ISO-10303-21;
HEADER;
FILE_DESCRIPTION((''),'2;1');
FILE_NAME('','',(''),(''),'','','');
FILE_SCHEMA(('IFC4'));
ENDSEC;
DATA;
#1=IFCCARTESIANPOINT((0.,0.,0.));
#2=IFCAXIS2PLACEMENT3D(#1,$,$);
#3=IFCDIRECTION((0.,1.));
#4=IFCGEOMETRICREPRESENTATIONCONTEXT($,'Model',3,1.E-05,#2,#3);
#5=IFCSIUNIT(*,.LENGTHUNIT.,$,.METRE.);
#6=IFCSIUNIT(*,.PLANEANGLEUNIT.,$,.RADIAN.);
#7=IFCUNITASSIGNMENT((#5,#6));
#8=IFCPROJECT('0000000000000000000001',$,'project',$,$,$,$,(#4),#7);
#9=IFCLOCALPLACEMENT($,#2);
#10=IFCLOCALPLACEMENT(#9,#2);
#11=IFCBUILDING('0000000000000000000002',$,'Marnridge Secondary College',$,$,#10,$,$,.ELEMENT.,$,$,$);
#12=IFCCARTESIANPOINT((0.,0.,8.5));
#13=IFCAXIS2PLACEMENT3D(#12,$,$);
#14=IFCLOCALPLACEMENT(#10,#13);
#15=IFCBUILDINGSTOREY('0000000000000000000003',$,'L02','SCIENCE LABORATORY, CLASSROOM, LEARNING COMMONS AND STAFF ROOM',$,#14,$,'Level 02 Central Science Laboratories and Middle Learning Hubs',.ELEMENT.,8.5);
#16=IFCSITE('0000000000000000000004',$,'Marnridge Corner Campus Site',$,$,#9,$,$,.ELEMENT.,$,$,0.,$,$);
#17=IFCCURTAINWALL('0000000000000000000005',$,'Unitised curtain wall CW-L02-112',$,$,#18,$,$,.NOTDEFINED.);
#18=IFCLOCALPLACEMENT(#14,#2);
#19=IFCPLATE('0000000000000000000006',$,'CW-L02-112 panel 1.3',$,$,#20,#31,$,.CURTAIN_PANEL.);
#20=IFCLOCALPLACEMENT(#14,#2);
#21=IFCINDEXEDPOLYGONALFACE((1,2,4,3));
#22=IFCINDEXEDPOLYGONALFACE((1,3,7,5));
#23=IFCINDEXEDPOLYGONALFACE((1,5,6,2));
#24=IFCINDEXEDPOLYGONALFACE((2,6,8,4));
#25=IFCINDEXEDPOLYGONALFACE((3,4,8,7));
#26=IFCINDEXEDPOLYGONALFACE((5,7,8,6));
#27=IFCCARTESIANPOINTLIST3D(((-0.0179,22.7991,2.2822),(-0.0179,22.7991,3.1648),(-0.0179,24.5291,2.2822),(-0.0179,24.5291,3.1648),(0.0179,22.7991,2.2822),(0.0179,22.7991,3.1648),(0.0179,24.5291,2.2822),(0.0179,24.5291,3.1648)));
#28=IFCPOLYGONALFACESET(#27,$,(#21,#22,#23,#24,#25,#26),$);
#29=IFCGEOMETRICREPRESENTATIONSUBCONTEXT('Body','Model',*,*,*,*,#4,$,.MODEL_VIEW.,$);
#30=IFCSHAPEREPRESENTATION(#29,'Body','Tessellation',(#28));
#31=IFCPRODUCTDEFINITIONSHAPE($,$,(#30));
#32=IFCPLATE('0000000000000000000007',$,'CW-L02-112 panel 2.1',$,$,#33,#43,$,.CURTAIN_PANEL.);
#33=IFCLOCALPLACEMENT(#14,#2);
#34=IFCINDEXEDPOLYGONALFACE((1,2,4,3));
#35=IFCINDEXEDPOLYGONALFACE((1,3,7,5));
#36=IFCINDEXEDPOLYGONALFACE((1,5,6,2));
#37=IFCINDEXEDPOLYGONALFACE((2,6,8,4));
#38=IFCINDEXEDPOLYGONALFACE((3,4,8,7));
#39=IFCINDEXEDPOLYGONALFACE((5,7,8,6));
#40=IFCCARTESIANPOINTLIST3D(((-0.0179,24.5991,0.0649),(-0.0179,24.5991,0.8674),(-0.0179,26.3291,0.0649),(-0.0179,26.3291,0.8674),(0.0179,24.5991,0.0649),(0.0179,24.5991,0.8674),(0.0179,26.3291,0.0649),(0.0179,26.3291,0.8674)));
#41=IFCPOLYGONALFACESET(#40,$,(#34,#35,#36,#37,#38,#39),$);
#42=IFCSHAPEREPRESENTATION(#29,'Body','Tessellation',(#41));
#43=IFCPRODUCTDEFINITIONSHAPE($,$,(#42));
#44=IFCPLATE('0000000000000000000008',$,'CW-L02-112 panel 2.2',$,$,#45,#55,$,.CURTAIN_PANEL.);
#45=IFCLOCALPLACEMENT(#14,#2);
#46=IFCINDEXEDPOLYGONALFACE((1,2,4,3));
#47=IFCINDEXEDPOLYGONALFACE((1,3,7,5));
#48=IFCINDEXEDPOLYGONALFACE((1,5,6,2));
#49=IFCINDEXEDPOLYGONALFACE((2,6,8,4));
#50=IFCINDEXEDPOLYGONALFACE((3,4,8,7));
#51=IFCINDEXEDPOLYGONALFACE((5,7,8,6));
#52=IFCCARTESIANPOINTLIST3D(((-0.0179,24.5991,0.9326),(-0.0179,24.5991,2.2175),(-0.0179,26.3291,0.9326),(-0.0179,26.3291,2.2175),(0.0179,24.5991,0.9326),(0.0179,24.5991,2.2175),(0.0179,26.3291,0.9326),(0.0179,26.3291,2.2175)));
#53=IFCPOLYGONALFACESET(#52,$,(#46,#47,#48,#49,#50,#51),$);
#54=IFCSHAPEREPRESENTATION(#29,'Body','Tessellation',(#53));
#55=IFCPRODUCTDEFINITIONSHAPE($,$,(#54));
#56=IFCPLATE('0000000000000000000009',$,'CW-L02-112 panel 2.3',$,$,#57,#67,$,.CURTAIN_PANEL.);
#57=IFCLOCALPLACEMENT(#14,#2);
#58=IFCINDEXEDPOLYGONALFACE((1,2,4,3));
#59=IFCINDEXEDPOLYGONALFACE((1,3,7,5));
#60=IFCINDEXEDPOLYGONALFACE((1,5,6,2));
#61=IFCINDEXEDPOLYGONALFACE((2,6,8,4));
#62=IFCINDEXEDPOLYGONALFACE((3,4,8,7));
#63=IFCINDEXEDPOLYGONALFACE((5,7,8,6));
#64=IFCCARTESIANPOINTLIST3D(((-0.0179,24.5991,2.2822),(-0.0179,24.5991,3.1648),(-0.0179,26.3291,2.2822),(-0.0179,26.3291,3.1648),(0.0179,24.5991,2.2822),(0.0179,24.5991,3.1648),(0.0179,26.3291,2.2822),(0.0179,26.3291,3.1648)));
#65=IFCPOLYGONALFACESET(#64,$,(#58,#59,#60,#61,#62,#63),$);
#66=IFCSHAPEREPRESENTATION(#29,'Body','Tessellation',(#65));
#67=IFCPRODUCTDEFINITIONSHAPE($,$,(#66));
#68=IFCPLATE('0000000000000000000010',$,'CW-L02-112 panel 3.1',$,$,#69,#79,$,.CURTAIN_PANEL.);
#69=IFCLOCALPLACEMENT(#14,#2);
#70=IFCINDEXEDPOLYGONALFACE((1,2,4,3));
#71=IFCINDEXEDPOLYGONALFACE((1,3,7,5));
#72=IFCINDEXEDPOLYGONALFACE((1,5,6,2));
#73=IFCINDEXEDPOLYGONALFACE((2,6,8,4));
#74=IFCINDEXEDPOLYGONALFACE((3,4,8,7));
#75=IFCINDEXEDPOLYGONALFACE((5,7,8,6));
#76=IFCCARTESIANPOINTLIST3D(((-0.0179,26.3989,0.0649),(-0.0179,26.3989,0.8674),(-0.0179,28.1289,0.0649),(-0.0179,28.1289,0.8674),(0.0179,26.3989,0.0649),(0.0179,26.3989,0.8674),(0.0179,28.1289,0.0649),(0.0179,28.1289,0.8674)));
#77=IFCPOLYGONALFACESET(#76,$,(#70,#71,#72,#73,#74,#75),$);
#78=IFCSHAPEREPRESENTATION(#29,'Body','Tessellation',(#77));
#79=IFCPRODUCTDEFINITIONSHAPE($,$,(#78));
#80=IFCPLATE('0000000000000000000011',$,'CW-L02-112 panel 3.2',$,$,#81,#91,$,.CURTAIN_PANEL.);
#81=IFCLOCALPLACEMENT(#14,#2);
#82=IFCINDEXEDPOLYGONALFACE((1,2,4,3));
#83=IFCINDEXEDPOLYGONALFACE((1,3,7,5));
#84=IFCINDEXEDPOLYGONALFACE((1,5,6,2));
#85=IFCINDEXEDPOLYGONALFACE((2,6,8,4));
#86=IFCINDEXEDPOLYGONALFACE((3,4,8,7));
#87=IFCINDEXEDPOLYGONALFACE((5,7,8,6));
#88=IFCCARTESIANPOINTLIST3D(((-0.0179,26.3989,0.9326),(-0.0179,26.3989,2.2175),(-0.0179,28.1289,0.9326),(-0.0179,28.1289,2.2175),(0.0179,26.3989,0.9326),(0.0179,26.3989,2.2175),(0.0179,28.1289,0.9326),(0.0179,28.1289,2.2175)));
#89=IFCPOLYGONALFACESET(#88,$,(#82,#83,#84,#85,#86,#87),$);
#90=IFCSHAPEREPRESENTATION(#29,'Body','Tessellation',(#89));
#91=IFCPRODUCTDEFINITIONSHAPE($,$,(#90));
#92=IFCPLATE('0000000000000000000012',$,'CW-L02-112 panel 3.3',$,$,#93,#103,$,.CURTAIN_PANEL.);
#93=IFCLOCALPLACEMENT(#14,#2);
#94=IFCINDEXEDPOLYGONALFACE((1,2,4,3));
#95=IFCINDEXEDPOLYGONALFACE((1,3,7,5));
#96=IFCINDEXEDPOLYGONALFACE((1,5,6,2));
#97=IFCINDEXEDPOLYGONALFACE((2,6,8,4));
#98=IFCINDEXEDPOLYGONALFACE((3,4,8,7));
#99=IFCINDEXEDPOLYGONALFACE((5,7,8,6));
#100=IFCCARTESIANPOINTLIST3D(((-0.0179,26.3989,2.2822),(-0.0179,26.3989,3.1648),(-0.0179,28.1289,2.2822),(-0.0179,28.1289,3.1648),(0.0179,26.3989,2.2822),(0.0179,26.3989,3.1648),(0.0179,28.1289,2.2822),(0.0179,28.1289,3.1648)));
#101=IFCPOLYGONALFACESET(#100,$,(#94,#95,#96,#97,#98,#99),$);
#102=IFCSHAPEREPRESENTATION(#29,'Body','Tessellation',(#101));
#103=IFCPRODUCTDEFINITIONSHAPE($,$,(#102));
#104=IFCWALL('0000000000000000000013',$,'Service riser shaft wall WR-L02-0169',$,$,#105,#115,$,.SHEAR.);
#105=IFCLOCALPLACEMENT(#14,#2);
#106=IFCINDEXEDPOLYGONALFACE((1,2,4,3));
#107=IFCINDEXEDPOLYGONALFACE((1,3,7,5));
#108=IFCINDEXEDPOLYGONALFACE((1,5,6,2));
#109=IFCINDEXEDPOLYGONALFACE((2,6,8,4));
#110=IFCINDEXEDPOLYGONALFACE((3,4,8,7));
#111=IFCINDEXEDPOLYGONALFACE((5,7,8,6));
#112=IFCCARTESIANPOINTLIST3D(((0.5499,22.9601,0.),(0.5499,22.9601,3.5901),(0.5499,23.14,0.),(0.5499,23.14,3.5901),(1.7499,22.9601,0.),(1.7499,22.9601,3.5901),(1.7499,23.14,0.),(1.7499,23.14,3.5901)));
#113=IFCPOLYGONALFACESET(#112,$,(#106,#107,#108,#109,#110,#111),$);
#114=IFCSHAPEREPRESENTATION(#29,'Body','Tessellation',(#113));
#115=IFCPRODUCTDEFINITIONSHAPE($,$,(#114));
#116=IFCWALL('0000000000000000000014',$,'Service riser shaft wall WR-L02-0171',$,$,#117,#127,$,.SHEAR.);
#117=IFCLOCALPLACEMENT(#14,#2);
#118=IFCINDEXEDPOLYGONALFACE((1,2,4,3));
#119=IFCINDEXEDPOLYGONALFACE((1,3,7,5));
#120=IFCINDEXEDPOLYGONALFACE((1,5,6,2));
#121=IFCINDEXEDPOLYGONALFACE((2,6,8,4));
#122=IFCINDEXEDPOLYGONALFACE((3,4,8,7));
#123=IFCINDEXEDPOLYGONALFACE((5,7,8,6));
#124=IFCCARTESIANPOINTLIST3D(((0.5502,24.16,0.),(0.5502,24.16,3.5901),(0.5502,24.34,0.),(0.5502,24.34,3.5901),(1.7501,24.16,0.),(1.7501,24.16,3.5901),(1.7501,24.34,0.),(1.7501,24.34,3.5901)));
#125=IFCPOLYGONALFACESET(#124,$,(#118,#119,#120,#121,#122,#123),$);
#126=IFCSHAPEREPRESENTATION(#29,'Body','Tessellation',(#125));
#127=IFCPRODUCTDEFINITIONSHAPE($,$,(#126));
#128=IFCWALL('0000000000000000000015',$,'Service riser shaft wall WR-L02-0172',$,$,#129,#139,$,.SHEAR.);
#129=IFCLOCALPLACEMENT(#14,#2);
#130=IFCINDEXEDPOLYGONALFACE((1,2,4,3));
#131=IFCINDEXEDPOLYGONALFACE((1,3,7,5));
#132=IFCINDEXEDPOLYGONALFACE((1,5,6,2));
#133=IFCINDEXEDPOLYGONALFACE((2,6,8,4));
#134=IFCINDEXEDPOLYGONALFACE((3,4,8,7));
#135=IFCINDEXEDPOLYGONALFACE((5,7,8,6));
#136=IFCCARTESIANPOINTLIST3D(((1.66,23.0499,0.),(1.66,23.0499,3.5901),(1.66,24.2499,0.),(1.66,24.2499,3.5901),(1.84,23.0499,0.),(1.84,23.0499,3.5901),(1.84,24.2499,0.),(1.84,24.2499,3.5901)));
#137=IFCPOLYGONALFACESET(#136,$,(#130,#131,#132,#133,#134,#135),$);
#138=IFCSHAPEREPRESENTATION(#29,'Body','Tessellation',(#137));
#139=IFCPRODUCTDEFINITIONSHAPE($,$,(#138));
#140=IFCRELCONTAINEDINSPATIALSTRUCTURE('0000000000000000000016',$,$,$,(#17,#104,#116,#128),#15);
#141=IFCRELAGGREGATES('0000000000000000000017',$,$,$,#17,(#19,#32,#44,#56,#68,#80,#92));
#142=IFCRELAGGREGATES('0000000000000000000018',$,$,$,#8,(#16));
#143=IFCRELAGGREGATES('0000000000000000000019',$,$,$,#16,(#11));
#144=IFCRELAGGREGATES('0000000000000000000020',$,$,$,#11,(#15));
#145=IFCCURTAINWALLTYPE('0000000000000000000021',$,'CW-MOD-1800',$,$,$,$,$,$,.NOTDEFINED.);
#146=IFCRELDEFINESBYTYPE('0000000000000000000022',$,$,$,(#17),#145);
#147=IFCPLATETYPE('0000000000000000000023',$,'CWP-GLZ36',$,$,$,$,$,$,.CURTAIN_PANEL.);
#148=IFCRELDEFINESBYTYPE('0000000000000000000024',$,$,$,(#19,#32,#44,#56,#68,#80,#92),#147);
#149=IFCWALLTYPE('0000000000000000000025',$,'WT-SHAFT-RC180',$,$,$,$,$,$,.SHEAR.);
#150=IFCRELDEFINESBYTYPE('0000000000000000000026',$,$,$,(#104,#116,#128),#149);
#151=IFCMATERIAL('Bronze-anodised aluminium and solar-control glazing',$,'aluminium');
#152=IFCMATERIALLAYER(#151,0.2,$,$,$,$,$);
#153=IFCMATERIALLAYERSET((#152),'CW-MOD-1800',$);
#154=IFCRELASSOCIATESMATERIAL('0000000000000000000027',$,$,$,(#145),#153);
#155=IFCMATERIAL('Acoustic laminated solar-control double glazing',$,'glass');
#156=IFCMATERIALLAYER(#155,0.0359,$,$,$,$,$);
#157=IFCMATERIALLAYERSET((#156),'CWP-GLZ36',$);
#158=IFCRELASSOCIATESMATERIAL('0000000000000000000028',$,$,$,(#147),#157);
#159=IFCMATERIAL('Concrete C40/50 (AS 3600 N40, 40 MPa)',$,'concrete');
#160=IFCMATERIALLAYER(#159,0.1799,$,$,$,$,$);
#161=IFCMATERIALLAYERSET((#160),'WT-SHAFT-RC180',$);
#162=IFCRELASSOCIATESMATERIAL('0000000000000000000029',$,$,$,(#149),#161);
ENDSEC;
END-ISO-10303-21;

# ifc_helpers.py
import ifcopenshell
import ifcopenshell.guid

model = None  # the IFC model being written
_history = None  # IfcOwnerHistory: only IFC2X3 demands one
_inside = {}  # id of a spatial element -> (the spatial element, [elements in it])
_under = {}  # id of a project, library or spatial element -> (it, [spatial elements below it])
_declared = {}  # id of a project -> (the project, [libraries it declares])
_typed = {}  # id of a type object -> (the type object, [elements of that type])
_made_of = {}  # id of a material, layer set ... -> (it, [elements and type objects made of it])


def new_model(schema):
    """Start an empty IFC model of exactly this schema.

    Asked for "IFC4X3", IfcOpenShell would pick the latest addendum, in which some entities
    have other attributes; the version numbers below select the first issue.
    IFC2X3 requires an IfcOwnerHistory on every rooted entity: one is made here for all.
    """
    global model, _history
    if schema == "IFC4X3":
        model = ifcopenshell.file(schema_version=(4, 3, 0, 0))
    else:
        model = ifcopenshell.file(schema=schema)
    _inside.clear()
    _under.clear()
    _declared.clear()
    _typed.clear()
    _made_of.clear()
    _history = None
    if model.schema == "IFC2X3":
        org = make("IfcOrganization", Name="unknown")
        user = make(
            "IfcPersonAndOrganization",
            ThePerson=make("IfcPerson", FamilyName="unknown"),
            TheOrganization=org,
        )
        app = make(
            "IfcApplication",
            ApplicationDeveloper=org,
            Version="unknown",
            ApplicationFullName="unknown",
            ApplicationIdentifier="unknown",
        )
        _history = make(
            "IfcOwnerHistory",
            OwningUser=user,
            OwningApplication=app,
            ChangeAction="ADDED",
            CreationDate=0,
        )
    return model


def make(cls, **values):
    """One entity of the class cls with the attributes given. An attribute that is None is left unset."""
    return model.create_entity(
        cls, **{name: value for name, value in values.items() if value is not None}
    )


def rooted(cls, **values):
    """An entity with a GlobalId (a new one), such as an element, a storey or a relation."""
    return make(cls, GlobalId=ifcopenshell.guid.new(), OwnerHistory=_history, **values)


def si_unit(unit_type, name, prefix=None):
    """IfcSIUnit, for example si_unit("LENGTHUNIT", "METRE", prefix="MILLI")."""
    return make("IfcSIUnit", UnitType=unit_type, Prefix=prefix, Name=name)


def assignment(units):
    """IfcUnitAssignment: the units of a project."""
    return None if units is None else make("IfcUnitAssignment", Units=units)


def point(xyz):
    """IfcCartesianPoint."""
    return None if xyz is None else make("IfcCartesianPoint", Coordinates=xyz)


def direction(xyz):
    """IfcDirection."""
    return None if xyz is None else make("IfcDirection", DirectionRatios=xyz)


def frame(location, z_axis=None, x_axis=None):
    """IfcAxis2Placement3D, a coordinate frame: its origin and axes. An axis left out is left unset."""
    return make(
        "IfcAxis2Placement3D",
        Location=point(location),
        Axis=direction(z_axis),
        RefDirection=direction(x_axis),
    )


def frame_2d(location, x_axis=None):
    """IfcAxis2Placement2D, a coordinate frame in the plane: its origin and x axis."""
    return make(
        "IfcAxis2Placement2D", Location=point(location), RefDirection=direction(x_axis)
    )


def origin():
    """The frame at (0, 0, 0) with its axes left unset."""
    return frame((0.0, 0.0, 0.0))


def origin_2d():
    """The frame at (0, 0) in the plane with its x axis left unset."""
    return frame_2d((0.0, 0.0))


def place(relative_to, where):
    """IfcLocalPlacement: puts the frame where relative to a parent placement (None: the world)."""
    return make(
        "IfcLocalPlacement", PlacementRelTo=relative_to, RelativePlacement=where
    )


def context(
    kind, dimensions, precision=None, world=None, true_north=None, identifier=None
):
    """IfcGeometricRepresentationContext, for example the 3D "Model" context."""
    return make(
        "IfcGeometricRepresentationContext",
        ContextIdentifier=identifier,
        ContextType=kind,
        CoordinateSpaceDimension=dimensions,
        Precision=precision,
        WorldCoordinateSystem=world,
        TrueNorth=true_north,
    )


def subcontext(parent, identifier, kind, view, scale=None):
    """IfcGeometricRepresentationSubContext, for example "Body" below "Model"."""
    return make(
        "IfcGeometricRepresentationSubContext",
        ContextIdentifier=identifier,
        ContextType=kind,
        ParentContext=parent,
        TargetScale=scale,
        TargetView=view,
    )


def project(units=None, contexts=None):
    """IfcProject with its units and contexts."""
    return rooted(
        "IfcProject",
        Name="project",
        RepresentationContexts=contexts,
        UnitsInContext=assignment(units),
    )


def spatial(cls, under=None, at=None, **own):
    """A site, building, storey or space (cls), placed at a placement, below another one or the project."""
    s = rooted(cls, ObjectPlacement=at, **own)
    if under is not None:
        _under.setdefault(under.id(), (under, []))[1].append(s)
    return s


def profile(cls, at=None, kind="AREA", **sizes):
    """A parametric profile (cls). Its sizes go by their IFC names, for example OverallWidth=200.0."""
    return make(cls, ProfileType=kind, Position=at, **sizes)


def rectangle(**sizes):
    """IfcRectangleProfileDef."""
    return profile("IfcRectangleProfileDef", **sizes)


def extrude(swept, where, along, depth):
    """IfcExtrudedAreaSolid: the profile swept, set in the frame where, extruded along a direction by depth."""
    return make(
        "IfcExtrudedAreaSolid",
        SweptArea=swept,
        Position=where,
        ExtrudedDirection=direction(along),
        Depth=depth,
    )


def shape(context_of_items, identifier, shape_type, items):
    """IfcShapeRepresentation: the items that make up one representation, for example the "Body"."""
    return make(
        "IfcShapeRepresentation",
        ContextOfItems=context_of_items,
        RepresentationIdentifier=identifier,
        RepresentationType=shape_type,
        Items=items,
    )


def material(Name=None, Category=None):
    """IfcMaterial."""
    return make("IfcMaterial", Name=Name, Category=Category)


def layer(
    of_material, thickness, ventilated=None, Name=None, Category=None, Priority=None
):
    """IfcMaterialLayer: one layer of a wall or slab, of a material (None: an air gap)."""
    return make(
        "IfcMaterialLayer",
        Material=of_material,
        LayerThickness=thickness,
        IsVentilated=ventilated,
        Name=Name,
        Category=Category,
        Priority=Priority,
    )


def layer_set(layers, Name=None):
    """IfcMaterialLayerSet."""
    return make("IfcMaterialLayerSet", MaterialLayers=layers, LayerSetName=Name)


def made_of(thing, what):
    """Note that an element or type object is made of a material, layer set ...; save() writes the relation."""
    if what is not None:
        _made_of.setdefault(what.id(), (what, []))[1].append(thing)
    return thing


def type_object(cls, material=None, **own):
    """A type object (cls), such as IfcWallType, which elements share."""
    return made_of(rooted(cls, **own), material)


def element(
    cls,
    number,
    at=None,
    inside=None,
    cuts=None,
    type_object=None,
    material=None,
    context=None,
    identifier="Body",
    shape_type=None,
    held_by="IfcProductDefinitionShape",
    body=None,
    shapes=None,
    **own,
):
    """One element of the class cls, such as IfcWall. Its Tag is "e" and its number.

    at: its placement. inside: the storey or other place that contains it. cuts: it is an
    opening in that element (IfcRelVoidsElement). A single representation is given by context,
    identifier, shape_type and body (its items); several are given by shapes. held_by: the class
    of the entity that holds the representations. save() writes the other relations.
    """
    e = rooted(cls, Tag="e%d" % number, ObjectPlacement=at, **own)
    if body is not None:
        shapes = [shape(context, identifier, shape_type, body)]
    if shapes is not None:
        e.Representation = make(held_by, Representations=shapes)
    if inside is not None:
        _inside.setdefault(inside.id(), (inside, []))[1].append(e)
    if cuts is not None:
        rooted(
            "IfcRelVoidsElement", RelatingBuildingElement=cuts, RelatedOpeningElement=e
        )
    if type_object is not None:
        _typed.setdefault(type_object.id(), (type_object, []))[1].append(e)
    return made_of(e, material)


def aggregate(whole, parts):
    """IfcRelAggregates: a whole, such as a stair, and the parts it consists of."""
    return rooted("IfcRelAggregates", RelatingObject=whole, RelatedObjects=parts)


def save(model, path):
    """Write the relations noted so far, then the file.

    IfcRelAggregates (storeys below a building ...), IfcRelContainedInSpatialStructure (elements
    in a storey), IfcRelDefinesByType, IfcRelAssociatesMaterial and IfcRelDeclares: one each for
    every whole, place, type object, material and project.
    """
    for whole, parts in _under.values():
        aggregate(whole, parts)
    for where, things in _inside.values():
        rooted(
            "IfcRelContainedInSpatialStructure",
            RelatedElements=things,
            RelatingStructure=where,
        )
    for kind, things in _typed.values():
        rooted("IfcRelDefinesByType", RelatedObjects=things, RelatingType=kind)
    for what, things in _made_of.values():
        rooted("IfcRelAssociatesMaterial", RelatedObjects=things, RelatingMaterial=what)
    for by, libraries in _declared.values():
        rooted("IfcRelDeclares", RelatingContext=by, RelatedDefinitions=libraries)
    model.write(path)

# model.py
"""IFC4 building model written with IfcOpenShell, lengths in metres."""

from ifc_helpers import new_model, si_unit, direction, frame, frame_2d, origin, origin_2d, place, context, subcontext, project, spatial, rectangle, extrude, material, layer, layer_set, type_object, element, aggregate, save


model = new_model("IFC4")

# Units and contexts
model_context = context("Model", 3, precision=1e-05, world=origin(), true_north=direction((0.0, 1.0)))
body_context = subcontext(model_context, "Body", "Model", "MODEL_VIEW")
ifc_project = project(units=[si_unit("LENGTHUNIT", "METRE"), si_unit("PLANEANGLEUNIT", "RADIAN")], contexts=[model_context])

# Site, building, storey
site_placement = place(None, origin())
site = spatial("IfcSite", under=ifc_project, at=site_placement, Name="Marnridge Corner Campus Site", CompositionType="ELEMENT", RefElevation=0.0)
building_placement = place(site_placement, origin())
building = spatial("IfcBuilding", under=site, at=building_placement, Name="Marnridge Secondary College", CompositionType="ELEMENT")
storey_placement = place(building_placement, frame((0.0, 0.0, 8.5)))
storey = spatial("IfcBuildingStorey", under=building, at=storey_placement, Name="L02", Description="SCIENCE LABORATORY, CLASSROOM, LEARNING COMMONS AND STAFF ROOM", LongName="Level 02 Central Science Laboratories and Middle Learning Hubs", CompositionType="ELEMENT", Elevation=8.5)

# Curtain wall, plates
ifc_material_1 = material(Name="Bronze-anodised aluminium and solar-control glazing", Category="aluminium")
ifc_layer_1 = layer(ifc_material_1, 0.2)
ifc_layer_set_1 = layer_set([ifc_layer_1], Name="CW-MOD-1800")
curtain_wall_type = type_object("IfcCurtainWallType", Name="CW-MOD-1800", PredefinedType="NOTDEFINED", material=ifc_layer_set_1)
curtain_wall_placement = place(storey_placement, origin())
curtain_wall = element("IfcCurtainWall", 1, at=curtain_wall_placement, inside=storey, type_object=curtain_wall_type, Name="Unitised curtain wall CW-L02-112", PredefinedType="NOTDEFINED")
ifc_material_2 = material(Name="Acoustic laminated solar-control double glazing", Category="glass")
ifc_layer_2 = layer(ifc_material_2, 0.0359)
ifc_layer_set_2 = layer_set([ifc_layer_2], Name="CWP-GLZ36")
plate_type = type_object("IfcPlateType", Name="CWP-GLZ36", PredefinedType="CURTAIN_PANEL", material=ifc_layer_set_2)
plate_1_placement = place(storey_placement, frame((0.0, 23.6641, 2.2822), z_axis=(0.0, 0.0, 1.0), x_axis=(0.0, 1.0, 0.0)))
plate_1 = element("IfcPlate", 2, at=plate_1_placement, type_object=plate_type, Name="CW-L02-112 panel 1.3", PredefinedType="CURTAIN_PANEL", context=body_context, shape_type="SweptSolid", body=[
    extrude(rectangle(XDim=1.73, YDim=0.0359, at=origin_2d()), origin(), (0.0, 0.0, 1.0), 0.8826),
])
plate_2_placement = place(storey_placement, frame((0.0, 25.4641, 0.0649), z_axis=(0.0, 0.0, 1.0), x_axis=(0.0, 1.0, 0.0)))
plate_2 = element("IfcPlate", 3, at=plate_2_placement, type_object=plate_type, Name="CW-L02-112 panel 2.1", PredefinedType="CURTAIN_PANEL", context=body_context, shape_type="SweptSolid", body=[
    extrude(rectangle(XDim=1.73, YDim=0.0359, at=origin_2d()), origin(), (0.0, 0.0, 1.0), 0.8025),
])
plate_3_placement = place(storey_placement, frame((0.0, 25.4641, 0.9326), z_axis=(0.0, 0.0, 1.0), x_axis=(0.0, 1.0, 0.0)))
plate_3 = element("IfcPlate", 4, at=plate_3_placement, type_object=plate_type, Name="CW-L02-112 panel 2.2", PredefinedType="CURTAIN_PANEL", context=body_context, shape_type="SweptSolid", body=[
    extrude(rectangle(XDim=1.73, YDim=0.0359, at=origin_2d()), origin(), (0.0, 0.0, 1.0), 1.2849),
])
plate_4_placement = place(storey_placement, frame((0.0, 25.4641, 2.2822), z_axis=(0.0, 0.0, 1.0), x_axis=(0.0, 1.0, 0.0)))
plate_4 = element("IfcPlate", 5, at=plate_4_placement, type_object=plate_type, Name="CW-L02-112 panel 2.3", PredefinedType="CURTAIN_PANEL", context=body_context, shape_type="SweptSolid", body=[
    extrude(rectangle(XDim=1.73, YDim=0.0359, at=origin_2d()), origin(), (0.0, 0.0, 1.0), 0.8826),
])
plate_5_placement = place(storey_placement, frame((0.0, 27.2639, 0.0649), z_axis=(0.0, 0.0, 1.0), x_axis=(0.0, 1.0, 0.0)))
plate_5 = element("IfcPlate", 6, at=plate_5_placement, type_object=plate_type, Name="CW-L02-112 panel 3.1", PredefinedType="CURTAIN_PANEL", context=body_context, shape_type="SweptSolid", body=[
    extrude(rectangle(XDim=1.73, YDim=0.0359, at=origin_2d()), origin(), (0.0, 0.0, 1.0), 0.8025),
])
plate_6_placement = place(storey_placement, frame((0.0, 27.2639, 0.9326), z_axis=(0.0, 0.0, 1.0), x_axis=(0.0, 1.0, 0.0)))
plate_6 = element("IfcPlate", 7, at=plate_6_placement, type_object=plate_type, Name="CW-L02-112 panel 3.2", PredefinedType="CURTAIN_PANEL", context=body_context, shape_type="SweptSolid", body=[
    extrude(rectangle(XDim=1.73, YDim=0.0359, at=origin_2d()), origin(), (0.0, 0.0, 1.0), 1.2849),
])
plate_7_placement = place(storey_placement, frame((0.0, 27.2639, 2.2822), z_axis=(0.0, 0.0, 1.0), x_axis=(0.0, 1.0, 0.0)))
plate_7 = element("IfcPlate", 8, at=plate_7_placement, type_object=plate_type, Name="CW-L02-112 panel 3.3", PredefinedType="CURTAIN_PANEL", context=body_context, shape_type="SweptSolid", body=[
    extrude(rectangle(XDim=1.73, YDim=0.0359, at=origin_2d()), origin(), (0.0, 0.0, 1.0), 0.8826),
])
aggregate(curtain_wall, [plate_1, plate_2, plate_3, plate_4, plate_5, plate_6, plate_7])

# Walls
ifc_material_3 = material(Name="Concrete C40/50 (AS 3600 N40, 40 MPa)", Category="concrete")
ifc_layer_3 = layer(ifc_material_3, 0.1799)
ifc_layer_set_3 = layer_set([ifc_layer_3], Name="WT-SHAFT-RC180")
wall_type = type_object("IfcWallType", Name="WT-SHAFT-RC180", PredefinedType="SHEAR", material=ifc_layer_set_3)
for number, where, z_axis, x_axis, name in (
    (9, (1.75, 23.05, 0.0), (0.0, 0.0, 1.0), (-1.0, 0.0, 0.0), "Service riser shaft wall WR-L02-0169"),
    (10, (0.55, 24.25, 0.0), (0.0, 0.0, 1.0), (1.0, 0.0, 0.0), "Service riser shaft wall WR-L02-0171"),
    (11, (1.75, 24.25, 0.0), (0.0, 0.0, 1.0), (0.0, -1.0, 0.0), "Service riser shaft wall WR-L02-0172"),
):
    element("IfcWall", number, at=place(storey_placement, frame(where, z_axis=z_axis, x_axis=x_axis)), inside=storey, type_object=wall_type, Name=name, PredefinedType="SHEAR", context=body_context, shape_type="SweptSolid", body=[
        extrude(rectangle(XDim=1.2, YDim=0.1799, at=frame_2d((0.6001, 0.0))), origin(), (0.0, 0.0, 1.0), 3.5901),
    ])

save(model, "model.ifc")
